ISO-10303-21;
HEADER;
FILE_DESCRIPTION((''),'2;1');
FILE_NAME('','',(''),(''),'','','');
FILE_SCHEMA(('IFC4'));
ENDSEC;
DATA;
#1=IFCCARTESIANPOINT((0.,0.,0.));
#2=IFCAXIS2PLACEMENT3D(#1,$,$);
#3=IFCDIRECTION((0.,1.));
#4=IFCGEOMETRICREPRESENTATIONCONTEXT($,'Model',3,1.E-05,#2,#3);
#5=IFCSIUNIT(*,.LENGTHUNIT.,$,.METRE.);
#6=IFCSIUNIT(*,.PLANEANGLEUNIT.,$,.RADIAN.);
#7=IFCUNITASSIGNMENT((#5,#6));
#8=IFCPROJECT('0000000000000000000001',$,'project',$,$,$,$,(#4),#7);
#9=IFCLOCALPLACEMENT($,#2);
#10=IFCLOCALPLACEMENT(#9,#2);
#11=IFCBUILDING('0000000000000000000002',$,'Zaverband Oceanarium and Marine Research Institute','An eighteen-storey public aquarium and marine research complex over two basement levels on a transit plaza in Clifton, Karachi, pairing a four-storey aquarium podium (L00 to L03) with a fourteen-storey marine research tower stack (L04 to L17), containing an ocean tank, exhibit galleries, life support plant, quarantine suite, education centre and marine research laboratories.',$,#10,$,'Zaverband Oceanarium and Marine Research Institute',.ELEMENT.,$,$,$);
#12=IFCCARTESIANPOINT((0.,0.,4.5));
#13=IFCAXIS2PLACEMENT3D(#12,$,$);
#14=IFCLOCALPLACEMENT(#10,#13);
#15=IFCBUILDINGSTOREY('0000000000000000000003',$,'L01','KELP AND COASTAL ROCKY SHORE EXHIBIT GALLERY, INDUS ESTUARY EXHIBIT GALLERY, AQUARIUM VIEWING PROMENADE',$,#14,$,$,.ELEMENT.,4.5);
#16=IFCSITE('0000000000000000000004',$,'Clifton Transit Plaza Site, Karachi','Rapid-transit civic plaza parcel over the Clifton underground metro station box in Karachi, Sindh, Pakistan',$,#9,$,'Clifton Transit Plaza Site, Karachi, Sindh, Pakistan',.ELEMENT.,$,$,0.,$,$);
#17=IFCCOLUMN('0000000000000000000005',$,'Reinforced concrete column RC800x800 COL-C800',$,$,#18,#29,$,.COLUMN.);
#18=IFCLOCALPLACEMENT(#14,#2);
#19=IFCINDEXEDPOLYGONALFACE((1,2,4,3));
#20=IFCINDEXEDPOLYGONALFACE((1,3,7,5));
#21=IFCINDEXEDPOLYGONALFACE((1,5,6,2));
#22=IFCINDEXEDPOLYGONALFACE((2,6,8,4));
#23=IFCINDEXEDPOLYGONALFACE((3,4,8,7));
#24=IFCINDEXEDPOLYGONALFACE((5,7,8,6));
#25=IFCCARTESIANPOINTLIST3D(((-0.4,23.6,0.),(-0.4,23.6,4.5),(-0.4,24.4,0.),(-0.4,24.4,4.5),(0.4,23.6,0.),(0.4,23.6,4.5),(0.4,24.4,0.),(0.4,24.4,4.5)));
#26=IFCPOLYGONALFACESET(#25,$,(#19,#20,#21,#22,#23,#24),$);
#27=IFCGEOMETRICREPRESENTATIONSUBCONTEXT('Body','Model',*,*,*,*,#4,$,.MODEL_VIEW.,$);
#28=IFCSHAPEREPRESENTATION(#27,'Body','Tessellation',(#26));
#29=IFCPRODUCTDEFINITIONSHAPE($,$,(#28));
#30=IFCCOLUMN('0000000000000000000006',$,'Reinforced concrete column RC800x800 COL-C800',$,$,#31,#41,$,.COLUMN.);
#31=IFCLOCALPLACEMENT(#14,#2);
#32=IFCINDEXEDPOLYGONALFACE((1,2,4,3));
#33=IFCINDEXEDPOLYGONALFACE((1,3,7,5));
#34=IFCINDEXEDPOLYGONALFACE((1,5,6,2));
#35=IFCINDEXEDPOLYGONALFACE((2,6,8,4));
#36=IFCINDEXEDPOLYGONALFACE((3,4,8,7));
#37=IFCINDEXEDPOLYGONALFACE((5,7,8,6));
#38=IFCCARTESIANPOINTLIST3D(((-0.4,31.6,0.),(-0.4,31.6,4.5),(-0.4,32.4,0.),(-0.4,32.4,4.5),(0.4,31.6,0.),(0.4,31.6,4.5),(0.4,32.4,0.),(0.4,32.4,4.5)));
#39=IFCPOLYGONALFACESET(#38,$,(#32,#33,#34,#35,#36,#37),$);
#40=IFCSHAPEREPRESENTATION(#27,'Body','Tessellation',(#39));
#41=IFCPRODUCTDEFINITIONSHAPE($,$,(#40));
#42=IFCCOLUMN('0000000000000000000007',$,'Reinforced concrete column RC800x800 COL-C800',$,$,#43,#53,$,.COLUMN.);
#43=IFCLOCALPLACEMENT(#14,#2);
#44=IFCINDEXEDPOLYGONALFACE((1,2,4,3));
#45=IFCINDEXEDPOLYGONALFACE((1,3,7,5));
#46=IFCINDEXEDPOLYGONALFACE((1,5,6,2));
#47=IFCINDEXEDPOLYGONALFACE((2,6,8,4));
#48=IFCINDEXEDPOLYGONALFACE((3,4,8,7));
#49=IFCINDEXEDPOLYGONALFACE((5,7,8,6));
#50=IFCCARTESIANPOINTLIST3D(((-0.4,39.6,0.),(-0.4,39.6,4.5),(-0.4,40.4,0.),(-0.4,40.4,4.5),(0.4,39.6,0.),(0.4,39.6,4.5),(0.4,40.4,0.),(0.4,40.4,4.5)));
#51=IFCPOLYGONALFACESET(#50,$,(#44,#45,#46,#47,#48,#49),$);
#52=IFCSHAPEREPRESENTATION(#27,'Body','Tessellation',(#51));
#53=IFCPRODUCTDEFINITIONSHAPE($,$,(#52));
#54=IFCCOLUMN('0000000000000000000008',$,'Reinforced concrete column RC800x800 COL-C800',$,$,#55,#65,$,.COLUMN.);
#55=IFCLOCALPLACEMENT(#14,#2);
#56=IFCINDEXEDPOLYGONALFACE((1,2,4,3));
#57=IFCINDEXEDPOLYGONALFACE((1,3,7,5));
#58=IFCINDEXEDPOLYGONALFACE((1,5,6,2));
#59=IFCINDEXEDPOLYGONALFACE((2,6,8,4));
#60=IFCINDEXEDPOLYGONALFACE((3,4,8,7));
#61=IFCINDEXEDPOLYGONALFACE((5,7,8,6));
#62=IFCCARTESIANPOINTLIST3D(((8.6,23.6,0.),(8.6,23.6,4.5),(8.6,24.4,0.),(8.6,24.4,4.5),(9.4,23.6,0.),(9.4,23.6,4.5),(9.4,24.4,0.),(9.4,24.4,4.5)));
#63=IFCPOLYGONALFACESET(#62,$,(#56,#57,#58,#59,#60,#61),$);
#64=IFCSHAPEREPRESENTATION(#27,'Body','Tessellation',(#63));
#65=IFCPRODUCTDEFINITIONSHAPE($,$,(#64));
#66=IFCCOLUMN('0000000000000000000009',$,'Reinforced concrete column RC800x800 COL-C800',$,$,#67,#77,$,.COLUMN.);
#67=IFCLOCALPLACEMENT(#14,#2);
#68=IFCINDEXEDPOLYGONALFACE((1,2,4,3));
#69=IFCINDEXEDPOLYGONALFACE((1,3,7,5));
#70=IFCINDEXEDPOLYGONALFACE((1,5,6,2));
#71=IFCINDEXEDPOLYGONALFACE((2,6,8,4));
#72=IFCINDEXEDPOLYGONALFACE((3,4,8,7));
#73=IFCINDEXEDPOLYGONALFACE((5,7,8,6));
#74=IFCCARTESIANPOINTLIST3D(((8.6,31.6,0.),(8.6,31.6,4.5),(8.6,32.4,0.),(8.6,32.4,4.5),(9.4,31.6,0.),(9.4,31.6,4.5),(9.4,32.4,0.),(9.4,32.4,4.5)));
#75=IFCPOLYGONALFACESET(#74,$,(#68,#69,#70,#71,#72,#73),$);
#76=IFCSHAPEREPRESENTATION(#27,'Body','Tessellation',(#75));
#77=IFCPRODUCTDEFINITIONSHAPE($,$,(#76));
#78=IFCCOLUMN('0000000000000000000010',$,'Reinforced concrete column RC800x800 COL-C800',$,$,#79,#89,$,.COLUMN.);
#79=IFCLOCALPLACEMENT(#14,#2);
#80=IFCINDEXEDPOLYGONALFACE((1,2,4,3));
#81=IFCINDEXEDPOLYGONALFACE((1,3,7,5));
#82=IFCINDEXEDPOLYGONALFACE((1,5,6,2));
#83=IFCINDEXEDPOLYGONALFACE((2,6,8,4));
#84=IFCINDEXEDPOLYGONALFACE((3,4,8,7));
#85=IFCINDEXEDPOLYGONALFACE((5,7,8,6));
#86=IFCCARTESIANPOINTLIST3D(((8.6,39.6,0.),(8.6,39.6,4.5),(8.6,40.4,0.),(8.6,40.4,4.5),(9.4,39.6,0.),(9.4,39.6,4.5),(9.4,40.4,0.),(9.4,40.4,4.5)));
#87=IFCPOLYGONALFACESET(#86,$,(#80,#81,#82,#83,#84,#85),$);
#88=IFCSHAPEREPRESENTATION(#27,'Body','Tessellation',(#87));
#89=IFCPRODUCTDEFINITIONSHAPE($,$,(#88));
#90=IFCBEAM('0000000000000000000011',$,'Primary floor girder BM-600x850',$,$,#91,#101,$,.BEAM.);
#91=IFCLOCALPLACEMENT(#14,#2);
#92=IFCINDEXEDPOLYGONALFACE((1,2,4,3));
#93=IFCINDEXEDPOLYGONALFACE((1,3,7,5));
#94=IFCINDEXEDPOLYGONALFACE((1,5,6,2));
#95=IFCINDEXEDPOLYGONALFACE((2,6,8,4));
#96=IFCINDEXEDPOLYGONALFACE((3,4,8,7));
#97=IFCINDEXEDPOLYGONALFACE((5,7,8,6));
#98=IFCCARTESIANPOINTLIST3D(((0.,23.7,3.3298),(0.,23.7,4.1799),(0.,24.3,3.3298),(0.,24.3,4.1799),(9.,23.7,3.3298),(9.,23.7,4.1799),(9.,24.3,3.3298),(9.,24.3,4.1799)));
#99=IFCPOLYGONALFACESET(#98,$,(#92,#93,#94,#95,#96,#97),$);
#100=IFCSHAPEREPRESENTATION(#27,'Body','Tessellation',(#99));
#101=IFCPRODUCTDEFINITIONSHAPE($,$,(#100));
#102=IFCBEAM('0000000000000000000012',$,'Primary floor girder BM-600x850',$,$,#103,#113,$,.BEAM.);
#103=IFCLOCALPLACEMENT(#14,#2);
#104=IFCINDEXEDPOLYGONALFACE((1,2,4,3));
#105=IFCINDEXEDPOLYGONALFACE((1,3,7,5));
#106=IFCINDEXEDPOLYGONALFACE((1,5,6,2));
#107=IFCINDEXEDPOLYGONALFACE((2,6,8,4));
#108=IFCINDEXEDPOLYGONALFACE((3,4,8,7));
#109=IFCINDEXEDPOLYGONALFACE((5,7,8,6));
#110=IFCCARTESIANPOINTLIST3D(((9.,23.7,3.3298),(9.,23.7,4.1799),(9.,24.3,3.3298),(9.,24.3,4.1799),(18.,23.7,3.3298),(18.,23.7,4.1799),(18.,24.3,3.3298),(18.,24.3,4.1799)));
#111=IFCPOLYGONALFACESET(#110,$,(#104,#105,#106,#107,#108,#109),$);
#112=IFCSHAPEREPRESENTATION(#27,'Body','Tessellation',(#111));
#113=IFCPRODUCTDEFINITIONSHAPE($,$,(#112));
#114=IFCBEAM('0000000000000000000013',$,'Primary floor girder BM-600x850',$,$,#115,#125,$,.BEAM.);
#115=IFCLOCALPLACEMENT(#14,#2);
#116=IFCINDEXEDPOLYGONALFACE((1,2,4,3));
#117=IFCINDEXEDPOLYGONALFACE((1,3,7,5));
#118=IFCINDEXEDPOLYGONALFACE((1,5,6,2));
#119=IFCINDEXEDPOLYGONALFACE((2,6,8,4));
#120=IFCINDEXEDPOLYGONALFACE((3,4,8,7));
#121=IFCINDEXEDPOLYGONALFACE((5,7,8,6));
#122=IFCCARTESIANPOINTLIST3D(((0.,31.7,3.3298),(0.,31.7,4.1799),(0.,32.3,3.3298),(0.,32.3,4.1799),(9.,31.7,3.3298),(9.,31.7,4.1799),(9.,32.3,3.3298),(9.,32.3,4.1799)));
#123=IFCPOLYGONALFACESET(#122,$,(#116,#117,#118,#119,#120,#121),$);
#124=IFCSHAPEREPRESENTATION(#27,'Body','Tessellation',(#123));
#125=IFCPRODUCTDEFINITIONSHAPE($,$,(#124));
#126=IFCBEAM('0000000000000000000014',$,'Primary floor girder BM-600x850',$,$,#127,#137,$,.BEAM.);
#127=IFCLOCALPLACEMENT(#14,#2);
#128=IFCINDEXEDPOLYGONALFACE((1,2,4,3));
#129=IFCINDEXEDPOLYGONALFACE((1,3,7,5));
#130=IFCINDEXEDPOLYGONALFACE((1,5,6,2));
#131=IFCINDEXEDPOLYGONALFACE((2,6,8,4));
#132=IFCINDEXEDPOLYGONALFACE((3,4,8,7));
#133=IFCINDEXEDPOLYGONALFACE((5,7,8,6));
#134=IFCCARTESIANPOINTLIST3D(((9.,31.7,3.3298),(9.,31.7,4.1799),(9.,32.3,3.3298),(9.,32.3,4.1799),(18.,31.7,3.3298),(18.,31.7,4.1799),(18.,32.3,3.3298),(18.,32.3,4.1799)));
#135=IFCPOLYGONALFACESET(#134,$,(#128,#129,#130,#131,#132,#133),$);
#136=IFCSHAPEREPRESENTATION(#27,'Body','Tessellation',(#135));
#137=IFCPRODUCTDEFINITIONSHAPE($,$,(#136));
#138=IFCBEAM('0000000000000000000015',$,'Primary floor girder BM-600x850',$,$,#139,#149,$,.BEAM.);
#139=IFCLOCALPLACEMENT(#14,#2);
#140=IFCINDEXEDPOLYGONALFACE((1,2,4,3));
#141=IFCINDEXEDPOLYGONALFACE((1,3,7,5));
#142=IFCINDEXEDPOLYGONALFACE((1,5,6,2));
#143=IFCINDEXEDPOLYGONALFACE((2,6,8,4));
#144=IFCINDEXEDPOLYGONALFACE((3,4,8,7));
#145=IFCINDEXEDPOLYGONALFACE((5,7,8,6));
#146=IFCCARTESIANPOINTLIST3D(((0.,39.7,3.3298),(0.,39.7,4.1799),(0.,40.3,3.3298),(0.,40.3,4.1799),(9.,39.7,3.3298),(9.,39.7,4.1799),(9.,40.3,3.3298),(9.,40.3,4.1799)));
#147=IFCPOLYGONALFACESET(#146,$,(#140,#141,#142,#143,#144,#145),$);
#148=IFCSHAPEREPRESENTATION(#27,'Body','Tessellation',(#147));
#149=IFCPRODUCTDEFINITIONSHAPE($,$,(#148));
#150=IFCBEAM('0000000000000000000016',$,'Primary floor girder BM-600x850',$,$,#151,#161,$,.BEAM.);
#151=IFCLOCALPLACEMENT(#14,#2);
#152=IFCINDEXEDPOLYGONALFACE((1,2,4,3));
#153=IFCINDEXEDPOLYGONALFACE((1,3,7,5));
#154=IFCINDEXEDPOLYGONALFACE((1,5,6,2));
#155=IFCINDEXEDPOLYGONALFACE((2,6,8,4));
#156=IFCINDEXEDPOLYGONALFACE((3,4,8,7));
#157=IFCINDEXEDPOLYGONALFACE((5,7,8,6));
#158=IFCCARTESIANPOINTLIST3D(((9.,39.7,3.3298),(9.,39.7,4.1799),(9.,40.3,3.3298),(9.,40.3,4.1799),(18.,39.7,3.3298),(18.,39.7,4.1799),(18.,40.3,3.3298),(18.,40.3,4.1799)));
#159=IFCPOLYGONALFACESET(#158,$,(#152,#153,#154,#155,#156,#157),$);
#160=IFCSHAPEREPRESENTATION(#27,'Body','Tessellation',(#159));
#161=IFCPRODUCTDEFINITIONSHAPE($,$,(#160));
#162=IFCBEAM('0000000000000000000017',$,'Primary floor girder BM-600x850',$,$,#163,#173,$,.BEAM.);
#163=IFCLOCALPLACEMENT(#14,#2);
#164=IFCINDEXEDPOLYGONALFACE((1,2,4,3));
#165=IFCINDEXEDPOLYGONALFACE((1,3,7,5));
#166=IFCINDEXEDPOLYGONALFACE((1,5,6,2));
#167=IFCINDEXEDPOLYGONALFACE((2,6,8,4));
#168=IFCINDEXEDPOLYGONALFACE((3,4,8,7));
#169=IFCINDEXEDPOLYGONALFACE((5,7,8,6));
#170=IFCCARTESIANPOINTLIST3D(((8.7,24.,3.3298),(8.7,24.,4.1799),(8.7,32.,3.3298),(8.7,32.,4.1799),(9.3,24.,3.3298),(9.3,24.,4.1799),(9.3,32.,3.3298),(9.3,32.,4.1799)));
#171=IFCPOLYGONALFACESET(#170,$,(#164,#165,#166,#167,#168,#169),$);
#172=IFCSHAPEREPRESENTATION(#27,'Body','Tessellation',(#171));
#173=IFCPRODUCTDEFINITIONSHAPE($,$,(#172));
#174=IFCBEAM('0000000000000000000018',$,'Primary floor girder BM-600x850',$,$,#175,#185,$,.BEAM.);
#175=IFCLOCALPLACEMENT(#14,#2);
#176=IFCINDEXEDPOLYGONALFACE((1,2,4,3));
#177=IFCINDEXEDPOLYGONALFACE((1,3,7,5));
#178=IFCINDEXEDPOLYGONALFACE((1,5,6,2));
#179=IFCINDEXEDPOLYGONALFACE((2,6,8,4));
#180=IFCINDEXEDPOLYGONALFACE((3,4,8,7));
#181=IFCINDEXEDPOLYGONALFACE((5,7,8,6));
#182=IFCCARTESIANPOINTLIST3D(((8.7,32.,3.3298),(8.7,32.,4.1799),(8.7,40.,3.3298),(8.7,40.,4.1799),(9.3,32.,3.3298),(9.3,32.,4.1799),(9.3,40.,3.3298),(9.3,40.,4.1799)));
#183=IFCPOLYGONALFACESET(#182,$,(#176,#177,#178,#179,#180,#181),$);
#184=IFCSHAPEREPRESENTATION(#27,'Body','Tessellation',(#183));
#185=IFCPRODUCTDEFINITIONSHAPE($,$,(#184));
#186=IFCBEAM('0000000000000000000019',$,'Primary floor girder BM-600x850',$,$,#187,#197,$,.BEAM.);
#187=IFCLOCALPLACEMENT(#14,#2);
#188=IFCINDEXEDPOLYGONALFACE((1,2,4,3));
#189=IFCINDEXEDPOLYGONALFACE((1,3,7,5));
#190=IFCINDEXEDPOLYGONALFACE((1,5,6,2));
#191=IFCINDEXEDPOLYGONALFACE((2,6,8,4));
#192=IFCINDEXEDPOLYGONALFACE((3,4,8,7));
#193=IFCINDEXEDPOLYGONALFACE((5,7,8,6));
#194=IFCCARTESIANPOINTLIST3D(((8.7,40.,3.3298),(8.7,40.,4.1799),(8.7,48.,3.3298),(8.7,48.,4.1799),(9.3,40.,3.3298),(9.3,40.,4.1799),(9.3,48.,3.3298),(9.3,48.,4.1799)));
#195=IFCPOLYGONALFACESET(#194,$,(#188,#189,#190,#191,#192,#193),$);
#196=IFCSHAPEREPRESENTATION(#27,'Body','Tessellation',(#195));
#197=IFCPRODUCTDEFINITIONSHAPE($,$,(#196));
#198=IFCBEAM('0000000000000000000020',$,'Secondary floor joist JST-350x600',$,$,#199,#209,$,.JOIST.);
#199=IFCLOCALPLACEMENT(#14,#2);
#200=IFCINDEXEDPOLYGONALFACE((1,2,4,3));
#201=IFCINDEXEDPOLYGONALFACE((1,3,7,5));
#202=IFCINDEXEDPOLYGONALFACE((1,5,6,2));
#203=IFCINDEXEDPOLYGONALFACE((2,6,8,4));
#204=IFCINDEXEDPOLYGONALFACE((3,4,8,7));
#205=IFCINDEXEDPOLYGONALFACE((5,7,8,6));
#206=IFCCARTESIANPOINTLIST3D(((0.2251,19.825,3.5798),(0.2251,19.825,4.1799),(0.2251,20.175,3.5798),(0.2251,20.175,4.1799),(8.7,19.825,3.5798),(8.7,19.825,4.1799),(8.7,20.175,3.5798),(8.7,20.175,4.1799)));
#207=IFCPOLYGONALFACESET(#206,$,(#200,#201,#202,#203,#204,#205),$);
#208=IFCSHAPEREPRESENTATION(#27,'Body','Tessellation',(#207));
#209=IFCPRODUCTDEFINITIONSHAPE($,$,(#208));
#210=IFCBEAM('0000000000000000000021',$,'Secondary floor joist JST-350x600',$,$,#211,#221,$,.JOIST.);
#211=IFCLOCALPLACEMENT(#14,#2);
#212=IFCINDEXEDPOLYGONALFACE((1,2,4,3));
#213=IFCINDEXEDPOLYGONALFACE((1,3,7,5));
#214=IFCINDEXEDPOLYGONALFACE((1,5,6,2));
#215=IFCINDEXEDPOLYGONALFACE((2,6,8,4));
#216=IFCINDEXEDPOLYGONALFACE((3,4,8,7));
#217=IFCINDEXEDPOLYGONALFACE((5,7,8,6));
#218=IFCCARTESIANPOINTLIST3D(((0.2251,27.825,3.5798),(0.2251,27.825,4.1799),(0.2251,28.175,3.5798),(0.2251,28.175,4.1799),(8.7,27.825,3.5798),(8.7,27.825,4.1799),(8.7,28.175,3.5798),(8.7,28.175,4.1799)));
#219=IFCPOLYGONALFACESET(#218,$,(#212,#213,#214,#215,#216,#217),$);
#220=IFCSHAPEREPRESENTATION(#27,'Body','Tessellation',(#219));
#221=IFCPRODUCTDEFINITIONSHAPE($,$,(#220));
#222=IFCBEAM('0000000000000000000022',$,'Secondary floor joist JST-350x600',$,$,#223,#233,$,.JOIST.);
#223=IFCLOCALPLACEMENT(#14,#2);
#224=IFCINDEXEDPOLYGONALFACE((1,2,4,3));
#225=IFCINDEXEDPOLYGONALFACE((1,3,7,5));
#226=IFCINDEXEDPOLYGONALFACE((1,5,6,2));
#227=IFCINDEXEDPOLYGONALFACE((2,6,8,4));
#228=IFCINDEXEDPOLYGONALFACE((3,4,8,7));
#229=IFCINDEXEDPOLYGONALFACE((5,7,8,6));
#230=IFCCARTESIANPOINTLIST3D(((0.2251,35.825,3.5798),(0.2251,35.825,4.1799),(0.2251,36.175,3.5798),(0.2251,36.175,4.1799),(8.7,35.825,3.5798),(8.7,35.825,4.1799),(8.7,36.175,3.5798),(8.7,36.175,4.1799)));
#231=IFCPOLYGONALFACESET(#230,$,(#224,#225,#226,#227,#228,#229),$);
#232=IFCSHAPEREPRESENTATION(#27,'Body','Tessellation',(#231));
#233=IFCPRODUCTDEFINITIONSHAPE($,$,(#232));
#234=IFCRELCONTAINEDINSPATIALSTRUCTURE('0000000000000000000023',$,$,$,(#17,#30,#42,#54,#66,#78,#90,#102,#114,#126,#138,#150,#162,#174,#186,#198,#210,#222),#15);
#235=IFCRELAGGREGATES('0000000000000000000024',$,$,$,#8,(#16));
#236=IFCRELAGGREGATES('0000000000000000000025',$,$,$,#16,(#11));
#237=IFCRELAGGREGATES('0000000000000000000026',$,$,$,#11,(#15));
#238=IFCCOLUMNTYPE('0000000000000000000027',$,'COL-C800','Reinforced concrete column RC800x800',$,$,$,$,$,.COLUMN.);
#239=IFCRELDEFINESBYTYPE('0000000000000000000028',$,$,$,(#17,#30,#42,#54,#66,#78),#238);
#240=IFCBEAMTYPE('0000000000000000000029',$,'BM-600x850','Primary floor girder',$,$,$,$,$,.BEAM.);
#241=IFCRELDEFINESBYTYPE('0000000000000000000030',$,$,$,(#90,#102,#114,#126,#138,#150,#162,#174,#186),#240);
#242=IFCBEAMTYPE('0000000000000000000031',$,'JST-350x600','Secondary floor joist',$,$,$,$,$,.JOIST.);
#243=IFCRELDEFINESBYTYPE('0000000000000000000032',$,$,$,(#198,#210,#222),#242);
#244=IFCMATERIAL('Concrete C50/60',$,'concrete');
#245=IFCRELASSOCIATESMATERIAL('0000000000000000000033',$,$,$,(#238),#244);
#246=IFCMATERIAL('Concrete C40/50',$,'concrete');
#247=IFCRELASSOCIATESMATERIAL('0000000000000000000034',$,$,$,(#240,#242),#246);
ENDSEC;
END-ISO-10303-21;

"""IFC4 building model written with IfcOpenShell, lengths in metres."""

from ifc_helpers import new_model, si_unit, direction, frame, origin, origin_2d, place, context, subcontext, project, spatial, rectangle, extrude, material, material_profile, profile_set, type_object, element, save


model = new_model("IFC4")

# Units and contexts
model_context = context("Model", 3, precision=1e-05, world=origin(), true_north=direction((0.0, 1.0)))
body_context = subcontext(model_context, "Body", "Model", "MODEL_VIEW")
ifc_project = project(units=[si_unit("LENGTHUNIT", "METRE"), si_unit("PLANEANGLEUNIT", "RADIAN")], contexts=[model_context])

# Site, building, storey
site_placement = place(None, origin())
site = spatial("IfcSite", under=ifc_project, at=site_placement, Name="Clifton Transit Plaza Site, Karachi", Description="Rapid-transit civic plaza parcel over the Clifton underground metro station box in Karachi, Sindh, Pakistan", LongName="Clifton Transit Plaza Site, Karachi, Sindh, Pakistan", CompositionType="ELEMENT", RefElevation=0.0)
building_placement = place(site_placement, origin())
building = spatial("IfcBuilding", under=site, at=building_placement, Name="Zaverband Oceanarium and Marine Research Institute", Description="An eighteen-storey public aquarium and marine research complex over two basement levels on a transit plaza in Clifton, Karachi, pairing a four-storey aquarium podium (L00 to L03) with a fourteen-storey marine research tower stack (L04 to L17), containing an ocean tank, exhibit galleries, life support plant, quarantine suite, education centre and marine research laboratories.", LongName="Zaverband Oceanarium and Marine Research Institute", CompositionType="ELEMENT")
storey_placement = place(building_placement, frame((0.0, 0.0, 4.5)))
storey = spatial("IfcBuildingStorey", under=building, at=storey_placement, Name="L01", Description="KELP AND COASTAL ROCKY SHORE EXHIBIT GALLERY, INDUS ESTUARY EXHIBIT GALLERY, AQUARIUM VIEWING PROMENADE", CompositionType="ELEMENT", Elevation=4.5)

# Columns
ifc_material_1 = material(Name="Concrete C50/60", Category="concrete")
ifc_material_profile_1 = material_profile(ifc_material_1, rectangle(XDim=0.8, YDim=0.8, at=origin_2d()), Name="RC800x800")
ifc_profile_set_1 = profile_set([ifc_material_profile_1], Name="Concrete C50/60")
column_type = type_object("IfcColumnType", Name="COL-C800", Description="Reinforced concrete column RC800x800", PredefinedType="COLUMN", material=ifc_profile_set_1)
for number, where, z_axis, x_axis, name in (
    (1, (0.0, 24.0, 0.0), (0.0, 0.0, 1.0), (1.0, 0.0, 0.0), "Reinforced concrete column RC800x800 COL-C800"),
    (2, (0.0, 32.0, 0.0), (0.0, 0.0, 1.0), (1.0, 0.0, 0.0), "Reinforced concrete column RC800x800 COL-C800"),
    (3, (0.0, 40.0, 0.0), (0.0, 0.0, 1.0), (1.0, 0.0, 0.0), "Reinforced concrete column RC800x800 COL-C800"),
    (4, (9.0, 24.0, 0.0), (0.0, 0.0, 1.0), (1.0, 0.0, 0.0), "Reinforced concrete column RC800x800 COL-C800"),
    (5, (9.0, 32.0, 0.0), (0.0, 0.0, 1.0), (1.0, 0.0, 0.0), "Reinforced concrete column RC800x800 COL-C800"),
    (6, (9.0, 40.0, 0.0), (0.0, 0.0, 1.0), (1.0, 0.0, 0.0), "Reinforced concrete column RC800x800 COL-C800"),
):
    element("IfcColumn", number, at=place(storey_placement, frame(where, z_axis=z_axis, x_axis=x_axis)), inside=storey, type_object=column_type, Name=name, PredefinedType="COLUMN", context=body_context, shape_type="SweptSolid", body=[
        extrude(rectangle(XDim=0.8, YDim=0.8, at=origin_2d()), origin(), (0.0, 0.0, 1.0), 4.5),
    ])

# Beams
ifc_material_2 = material(Name="Concrete C40/50", Category="concrete")
ifc_material_profile_2 = material_profile(ifc_material_2, rectangle(XDim=0.6001, YDim=0.8501, at=origin_2d()), Name="RC600x850")
ifc_profile_set_2 = profile_set([ifc_material_profile_2], Name="Concrete C40/50")
beam_type_1 = type_object("IfcBeamType", Name="BM-600x850", Description="Primary floor girder", PredefinedType="BEAM", material=ifc_profile_set_2)
for number, where, z_axis, x_axis, name in (
    (7, (0.0, 24.0, 3.7549), (1.0, 0.0, 0.0), (0.0, 1.0, 0.0), "Primary floor girder BM-600x850"),
    (8, (9.0, 24.0, 3.7549), (1.0, 0.0, 0.0), (0.0, 1.0, 0.0), "Primary floor girder BM-600x850"),
    (9, (0.0, 32.0, 3.7549), (1.0, 0.0, 0.0), (0.0, 1.0, 0.0), "Primary floor girder BM-600x850"),
    (10, (9.0, 32.0, 3.7549), (1.0, 0.0, 0.0), (0.0, 1.0, 0.0), "Primary floor girder BM-600x850"),
    (11, (0.0, 40.0, 3.7549), (1.0, 0.0, 0.0), (0.0, 1.0, 0.0), "Primary floor girder BM-600x850"),
    (12, (9.0, 40.0, 3.7549), (1.0, 0.0, 0.0), (0.0, 1.0, 0.0), "Primary floor girder BM-600x850"),
):
    element("IfcBeam", number, at=place(storey_placement, frame(where, z_axis=z_axis, x_axis=x_axis)), inside=storey, type_object=beam_type_1, Name=name, PredefinedType="BEAM", context=body_context, shape_type="SweptSolid", body=[
        extrude(rectangle(XDim=0.6001, YDim=0.8501, at=origin_2d()), origin(), (0.0, 0.0, 1.0), 9.0),
    ])
for number, where, z_axis, x_axis, name in (
    (13, (9.0, 24.0, 3.7549), (0.0, 1.0, 0.0), (-1.0, 0.0, 0.0), "Primary floor girder BM-600x850"),
    (14, (9.0, 32.0, 3.7549), (0.0, 1.0, 0.0), (-1.0, 0.0, 0.0), "Primary floor girder BM-600x850"),
    (15, (9.0, 40.0, 3.7549), (0.0, 1.0, 0.0), (-1.0, 0.0, 0.0), "Primary floor girder BM-600x850"),
):
    element("IfcBeam", number, at=place(storey_placement, frame(where, z_axis=z_axis, x_axis=x_axis)), inside=storey, type_object=beam_type_1, Name=name, PredefinedType="BEAM", context=body_context, shape_type="SweptSolid", body=[
        extrude(rectangle(XDim=0.6001, YDim=0.8501, at=origin_2d()), origin(), (0.0, 0.0, 1.0), 8.0),
    ])
ifc_material_profile_3 = material_profile(ifc_material_2, rectangle(XDim=0.3501, YDim=0.6001, at=origin_2d()), Name="RC350x600")
ifc_profile_set_3 = profile_set([ifc_material_profile_3], Name="Concrete C40/50")
beam_type_2 = type_object("IfcBeamType", Name="JST-350x600", Description="Secondary floor joist", PredefinedType="JOIST", material=ifc_profile_set_3)
for number, where, z_axis, x_axis, name in (
    (16, (0.2251, 20.0, 3.8799), (1.0, 0.0, 0.0), (0.0, 1.0, 0.0), "Secondary floor joist JST-350x600"),
    (17, (0.2251, 28.0, 3.8799), (1.0, 0.0, 0.0), (0.0, 1.0, 0.0), "Secondary floor joist JST-350x600"),
    (18, (0.2251, 36.0, 3.8799), (1.0, 0.0, 0.0), (0.0, 1.0, 0.0), "Secondary floor joist JST-350x600"),
):
    element("IfcBeam", number, at=place(storey_placement, frame(where, z_axis=z_axis, x_axis=x_axis)), inside=storey, type_object=beam_type_2, Name=name, PredefinedType="JOIST", context=body_context, shape_type="SweptSolid", body=[
        extrude(rectangle(XDim=0.3501, YDim=0.6001, at=origin_2d()), origin(), (0.0, 0.0, 1.0), 8.4749),
    ])

save(model, "model.ifc")
